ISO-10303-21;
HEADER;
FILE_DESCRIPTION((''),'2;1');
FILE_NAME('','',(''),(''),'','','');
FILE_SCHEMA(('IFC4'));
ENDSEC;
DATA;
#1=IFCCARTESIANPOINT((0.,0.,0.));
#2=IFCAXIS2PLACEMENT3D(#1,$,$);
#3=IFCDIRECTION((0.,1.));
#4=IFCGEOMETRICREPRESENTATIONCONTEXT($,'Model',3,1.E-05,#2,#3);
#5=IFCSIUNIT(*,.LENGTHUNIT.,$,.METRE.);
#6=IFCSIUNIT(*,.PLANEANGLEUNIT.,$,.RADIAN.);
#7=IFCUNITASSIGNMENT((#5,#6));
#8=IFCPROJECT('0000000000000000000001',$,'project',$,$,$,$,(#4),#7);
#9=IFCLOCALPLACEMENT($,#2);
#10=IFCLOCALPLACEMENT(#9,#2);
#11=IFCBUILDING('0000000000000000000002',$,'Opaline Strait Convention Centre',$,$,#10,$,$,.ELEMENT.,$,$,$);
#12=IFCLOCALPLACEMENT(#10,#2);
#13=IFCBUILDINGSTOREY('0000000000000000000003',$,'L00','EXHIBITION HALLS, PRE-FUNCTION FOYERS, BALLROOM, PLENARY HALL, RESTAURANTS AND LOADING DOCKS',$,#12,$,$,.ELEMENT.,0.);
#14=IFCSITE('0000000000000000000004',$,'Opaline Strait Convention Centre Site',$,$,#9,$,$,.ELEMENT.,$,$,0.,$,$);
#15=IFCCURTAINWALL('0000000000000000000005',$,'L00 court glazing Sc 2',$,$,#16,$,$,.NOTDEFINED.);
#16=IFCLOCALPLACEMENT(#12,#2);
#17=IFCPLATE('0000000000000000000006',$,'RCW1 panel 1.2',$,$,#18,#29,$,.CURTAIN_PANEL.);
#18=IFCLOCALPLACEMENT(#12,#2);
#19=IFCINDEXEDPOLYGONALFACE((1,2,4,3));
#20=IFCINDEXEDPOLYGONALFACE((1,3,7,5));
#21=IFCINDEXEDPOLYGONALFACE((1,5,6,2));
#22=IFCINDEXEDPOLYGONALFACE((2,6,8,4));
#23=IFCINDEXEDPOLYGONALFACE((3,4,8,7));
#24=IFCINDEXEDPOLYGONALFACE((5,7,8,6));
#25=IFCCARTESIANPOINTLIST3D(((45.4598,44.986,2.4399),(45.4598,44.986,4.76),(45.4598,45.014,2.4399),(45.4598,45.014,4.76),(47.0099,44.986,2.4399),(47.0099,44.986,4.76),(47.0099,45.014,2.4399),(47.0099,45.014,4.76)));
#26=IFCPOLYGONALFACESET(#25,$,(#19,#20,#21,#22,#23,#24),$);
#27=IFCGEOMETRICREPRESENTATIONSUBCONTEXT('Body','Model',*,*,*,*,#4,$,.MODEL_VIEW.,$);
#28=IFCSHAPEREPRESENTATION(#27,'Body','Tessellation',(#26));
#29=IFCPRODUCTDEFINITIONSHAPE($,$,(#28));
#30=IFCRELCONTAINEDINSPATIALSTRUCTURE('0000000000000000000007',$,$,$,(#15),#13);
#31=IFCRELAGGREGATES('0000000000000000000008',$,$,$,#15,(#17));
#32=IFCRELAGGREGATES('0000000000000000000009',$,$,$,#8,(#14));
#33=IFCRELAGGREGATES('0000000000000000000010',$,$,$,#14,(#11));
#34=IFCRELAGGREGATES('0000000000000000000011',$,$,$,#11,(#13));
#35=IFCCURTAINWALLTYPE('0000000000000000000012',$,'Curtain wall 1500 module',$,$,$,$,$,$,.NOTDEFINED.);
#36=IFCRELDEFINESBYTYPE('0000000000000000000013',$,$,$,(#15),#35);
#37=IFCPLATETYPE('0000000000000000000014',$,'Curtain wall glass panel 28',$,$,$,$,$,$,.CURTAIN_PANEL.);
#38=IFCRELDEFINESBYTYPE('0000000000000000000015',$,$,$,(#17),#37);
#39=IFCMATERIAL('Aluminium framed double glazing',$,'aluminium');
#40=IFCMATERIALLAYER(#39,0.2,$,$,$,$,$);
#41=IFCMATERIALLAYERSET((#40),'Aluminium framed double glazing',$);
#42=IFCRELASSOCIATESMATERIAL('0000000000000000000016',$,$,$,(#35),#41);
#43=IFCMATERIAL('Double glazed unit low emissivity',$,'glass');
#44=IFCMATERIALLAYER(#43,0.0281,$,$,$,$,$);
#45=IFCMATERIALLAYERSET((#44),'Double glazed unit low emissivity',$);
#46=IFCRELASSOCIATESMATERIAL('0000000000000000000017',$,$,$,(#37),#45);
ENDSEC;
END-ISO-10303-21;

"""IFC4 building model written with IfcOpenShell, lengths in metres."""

from ifc_helpers import new_model, si_unit, direction, frame, origin, origin_2d, place, context, subcontext, project, spatial, rectangle, extrude, material, layer, layer_set, type_object, element, aggregate, save


model = new_model("IFC4")

# Units and contexts
model_context = context("Model", 3, precision=1e-05, world=origin(), true_north=direction((0.0, 1.0)))
body_context = subcontext(model_context, "Body", "Model", "MODEL_VIEW")
ifc_project = project(units=[si_unit("LENGTHUNIT", "METRE"), si_unit("PLANEANGLEUNIT", "RADIAN")], contexts=[model_context])

# Site, building, storey
site_placement = place(None, origin())
site = spatial("IfcSite", under=ifc_project, at=site_placement, Name="Opaline Strait Convention Centre Site", CompositionType="ELEMENT", RefElevation=0.0)
building_placement = place(site_placement, origin())
building = spatial("IfcBuilding", under=site, at=building_placement, Name="Opaline Strait Convention Centre", CompositionType="ELEMENT")
storey_placement = place(building_placement, origin())
storey = spatial("IfcBuildingStorey", under=building, at=storey_placement, Name="L00", Description="EXHIBITION HALLS, PRE-FUNCTION FOYERS, BALLROOM, PLENARY HALL, RESTAURANTS AND LOADING DOCKS", CompositionType="ELEMENT", Elevation=0.0)

# Shared definitions
ifc_material_1 = material(Name="Aluminium framed double glazing", Category="aluminium")
ifc_layer_1 = layer(ifc_material_1, 0.2)
ifc_layer_set_1 = layer_set([ifc_layer_1], Name="Aluminium framed double glazing")
curtain_wall_type = type_object("IfcCurtainWallType", Name="Curtain wall 1500 module", PredefinedType="NOTDEFINED", material=ifc_layer_set_1)

# Curtain wall
curtain_wall_1_placement = place(storey_placement, origin())
curtain_wall_1 = element("IfcCurtainWall", 1, at=curtain_wall_1_placement, inside=storey, type_object=curtain_wall_type, Name="L00 court glazing Sc 2", PredefinedType="NOTDEFINED")

# Plate
ifc_material_2 = material(Name="Double glazed unit low emissivity", Category="glass")
ifc_layer_2 = layer(ifc_material_2, 0.0281)
ifc_layer_set_2 = layer_set([ifc_layer_2], Name="Double glazed unit low emissivity")
plate_type = type_object("IfcPlateType", Name="Curtain wall glass panel 28", PredefinedType="CURTAIN_PANEL", material=ifc_layer_set_2)
plate_1_placement = place(storey_placement, frame((46.2349, 45.0, 2.4399), z_axis=(0.0, 0.0, 1.0), x_axis=(1.0, 0.0, 0.0)))
plate_1 = element("IfcPlate", 2, at=plate_1_placement, type_object=plate_type, Name="RCW1 panel 1.2", PredefinedType="CURTAIN_PANEL", context=body_context, shape_type="SweptSolid", body=[
    extrude(rectangle(XDim=1.55, YDim=0.0281, at=origin_2d()), origin(), (0.0, 0.0, 1.0), 2.3201),
])
aggregate(curtain_wall_1, [plate_1])

save(model, "model.ifc")
